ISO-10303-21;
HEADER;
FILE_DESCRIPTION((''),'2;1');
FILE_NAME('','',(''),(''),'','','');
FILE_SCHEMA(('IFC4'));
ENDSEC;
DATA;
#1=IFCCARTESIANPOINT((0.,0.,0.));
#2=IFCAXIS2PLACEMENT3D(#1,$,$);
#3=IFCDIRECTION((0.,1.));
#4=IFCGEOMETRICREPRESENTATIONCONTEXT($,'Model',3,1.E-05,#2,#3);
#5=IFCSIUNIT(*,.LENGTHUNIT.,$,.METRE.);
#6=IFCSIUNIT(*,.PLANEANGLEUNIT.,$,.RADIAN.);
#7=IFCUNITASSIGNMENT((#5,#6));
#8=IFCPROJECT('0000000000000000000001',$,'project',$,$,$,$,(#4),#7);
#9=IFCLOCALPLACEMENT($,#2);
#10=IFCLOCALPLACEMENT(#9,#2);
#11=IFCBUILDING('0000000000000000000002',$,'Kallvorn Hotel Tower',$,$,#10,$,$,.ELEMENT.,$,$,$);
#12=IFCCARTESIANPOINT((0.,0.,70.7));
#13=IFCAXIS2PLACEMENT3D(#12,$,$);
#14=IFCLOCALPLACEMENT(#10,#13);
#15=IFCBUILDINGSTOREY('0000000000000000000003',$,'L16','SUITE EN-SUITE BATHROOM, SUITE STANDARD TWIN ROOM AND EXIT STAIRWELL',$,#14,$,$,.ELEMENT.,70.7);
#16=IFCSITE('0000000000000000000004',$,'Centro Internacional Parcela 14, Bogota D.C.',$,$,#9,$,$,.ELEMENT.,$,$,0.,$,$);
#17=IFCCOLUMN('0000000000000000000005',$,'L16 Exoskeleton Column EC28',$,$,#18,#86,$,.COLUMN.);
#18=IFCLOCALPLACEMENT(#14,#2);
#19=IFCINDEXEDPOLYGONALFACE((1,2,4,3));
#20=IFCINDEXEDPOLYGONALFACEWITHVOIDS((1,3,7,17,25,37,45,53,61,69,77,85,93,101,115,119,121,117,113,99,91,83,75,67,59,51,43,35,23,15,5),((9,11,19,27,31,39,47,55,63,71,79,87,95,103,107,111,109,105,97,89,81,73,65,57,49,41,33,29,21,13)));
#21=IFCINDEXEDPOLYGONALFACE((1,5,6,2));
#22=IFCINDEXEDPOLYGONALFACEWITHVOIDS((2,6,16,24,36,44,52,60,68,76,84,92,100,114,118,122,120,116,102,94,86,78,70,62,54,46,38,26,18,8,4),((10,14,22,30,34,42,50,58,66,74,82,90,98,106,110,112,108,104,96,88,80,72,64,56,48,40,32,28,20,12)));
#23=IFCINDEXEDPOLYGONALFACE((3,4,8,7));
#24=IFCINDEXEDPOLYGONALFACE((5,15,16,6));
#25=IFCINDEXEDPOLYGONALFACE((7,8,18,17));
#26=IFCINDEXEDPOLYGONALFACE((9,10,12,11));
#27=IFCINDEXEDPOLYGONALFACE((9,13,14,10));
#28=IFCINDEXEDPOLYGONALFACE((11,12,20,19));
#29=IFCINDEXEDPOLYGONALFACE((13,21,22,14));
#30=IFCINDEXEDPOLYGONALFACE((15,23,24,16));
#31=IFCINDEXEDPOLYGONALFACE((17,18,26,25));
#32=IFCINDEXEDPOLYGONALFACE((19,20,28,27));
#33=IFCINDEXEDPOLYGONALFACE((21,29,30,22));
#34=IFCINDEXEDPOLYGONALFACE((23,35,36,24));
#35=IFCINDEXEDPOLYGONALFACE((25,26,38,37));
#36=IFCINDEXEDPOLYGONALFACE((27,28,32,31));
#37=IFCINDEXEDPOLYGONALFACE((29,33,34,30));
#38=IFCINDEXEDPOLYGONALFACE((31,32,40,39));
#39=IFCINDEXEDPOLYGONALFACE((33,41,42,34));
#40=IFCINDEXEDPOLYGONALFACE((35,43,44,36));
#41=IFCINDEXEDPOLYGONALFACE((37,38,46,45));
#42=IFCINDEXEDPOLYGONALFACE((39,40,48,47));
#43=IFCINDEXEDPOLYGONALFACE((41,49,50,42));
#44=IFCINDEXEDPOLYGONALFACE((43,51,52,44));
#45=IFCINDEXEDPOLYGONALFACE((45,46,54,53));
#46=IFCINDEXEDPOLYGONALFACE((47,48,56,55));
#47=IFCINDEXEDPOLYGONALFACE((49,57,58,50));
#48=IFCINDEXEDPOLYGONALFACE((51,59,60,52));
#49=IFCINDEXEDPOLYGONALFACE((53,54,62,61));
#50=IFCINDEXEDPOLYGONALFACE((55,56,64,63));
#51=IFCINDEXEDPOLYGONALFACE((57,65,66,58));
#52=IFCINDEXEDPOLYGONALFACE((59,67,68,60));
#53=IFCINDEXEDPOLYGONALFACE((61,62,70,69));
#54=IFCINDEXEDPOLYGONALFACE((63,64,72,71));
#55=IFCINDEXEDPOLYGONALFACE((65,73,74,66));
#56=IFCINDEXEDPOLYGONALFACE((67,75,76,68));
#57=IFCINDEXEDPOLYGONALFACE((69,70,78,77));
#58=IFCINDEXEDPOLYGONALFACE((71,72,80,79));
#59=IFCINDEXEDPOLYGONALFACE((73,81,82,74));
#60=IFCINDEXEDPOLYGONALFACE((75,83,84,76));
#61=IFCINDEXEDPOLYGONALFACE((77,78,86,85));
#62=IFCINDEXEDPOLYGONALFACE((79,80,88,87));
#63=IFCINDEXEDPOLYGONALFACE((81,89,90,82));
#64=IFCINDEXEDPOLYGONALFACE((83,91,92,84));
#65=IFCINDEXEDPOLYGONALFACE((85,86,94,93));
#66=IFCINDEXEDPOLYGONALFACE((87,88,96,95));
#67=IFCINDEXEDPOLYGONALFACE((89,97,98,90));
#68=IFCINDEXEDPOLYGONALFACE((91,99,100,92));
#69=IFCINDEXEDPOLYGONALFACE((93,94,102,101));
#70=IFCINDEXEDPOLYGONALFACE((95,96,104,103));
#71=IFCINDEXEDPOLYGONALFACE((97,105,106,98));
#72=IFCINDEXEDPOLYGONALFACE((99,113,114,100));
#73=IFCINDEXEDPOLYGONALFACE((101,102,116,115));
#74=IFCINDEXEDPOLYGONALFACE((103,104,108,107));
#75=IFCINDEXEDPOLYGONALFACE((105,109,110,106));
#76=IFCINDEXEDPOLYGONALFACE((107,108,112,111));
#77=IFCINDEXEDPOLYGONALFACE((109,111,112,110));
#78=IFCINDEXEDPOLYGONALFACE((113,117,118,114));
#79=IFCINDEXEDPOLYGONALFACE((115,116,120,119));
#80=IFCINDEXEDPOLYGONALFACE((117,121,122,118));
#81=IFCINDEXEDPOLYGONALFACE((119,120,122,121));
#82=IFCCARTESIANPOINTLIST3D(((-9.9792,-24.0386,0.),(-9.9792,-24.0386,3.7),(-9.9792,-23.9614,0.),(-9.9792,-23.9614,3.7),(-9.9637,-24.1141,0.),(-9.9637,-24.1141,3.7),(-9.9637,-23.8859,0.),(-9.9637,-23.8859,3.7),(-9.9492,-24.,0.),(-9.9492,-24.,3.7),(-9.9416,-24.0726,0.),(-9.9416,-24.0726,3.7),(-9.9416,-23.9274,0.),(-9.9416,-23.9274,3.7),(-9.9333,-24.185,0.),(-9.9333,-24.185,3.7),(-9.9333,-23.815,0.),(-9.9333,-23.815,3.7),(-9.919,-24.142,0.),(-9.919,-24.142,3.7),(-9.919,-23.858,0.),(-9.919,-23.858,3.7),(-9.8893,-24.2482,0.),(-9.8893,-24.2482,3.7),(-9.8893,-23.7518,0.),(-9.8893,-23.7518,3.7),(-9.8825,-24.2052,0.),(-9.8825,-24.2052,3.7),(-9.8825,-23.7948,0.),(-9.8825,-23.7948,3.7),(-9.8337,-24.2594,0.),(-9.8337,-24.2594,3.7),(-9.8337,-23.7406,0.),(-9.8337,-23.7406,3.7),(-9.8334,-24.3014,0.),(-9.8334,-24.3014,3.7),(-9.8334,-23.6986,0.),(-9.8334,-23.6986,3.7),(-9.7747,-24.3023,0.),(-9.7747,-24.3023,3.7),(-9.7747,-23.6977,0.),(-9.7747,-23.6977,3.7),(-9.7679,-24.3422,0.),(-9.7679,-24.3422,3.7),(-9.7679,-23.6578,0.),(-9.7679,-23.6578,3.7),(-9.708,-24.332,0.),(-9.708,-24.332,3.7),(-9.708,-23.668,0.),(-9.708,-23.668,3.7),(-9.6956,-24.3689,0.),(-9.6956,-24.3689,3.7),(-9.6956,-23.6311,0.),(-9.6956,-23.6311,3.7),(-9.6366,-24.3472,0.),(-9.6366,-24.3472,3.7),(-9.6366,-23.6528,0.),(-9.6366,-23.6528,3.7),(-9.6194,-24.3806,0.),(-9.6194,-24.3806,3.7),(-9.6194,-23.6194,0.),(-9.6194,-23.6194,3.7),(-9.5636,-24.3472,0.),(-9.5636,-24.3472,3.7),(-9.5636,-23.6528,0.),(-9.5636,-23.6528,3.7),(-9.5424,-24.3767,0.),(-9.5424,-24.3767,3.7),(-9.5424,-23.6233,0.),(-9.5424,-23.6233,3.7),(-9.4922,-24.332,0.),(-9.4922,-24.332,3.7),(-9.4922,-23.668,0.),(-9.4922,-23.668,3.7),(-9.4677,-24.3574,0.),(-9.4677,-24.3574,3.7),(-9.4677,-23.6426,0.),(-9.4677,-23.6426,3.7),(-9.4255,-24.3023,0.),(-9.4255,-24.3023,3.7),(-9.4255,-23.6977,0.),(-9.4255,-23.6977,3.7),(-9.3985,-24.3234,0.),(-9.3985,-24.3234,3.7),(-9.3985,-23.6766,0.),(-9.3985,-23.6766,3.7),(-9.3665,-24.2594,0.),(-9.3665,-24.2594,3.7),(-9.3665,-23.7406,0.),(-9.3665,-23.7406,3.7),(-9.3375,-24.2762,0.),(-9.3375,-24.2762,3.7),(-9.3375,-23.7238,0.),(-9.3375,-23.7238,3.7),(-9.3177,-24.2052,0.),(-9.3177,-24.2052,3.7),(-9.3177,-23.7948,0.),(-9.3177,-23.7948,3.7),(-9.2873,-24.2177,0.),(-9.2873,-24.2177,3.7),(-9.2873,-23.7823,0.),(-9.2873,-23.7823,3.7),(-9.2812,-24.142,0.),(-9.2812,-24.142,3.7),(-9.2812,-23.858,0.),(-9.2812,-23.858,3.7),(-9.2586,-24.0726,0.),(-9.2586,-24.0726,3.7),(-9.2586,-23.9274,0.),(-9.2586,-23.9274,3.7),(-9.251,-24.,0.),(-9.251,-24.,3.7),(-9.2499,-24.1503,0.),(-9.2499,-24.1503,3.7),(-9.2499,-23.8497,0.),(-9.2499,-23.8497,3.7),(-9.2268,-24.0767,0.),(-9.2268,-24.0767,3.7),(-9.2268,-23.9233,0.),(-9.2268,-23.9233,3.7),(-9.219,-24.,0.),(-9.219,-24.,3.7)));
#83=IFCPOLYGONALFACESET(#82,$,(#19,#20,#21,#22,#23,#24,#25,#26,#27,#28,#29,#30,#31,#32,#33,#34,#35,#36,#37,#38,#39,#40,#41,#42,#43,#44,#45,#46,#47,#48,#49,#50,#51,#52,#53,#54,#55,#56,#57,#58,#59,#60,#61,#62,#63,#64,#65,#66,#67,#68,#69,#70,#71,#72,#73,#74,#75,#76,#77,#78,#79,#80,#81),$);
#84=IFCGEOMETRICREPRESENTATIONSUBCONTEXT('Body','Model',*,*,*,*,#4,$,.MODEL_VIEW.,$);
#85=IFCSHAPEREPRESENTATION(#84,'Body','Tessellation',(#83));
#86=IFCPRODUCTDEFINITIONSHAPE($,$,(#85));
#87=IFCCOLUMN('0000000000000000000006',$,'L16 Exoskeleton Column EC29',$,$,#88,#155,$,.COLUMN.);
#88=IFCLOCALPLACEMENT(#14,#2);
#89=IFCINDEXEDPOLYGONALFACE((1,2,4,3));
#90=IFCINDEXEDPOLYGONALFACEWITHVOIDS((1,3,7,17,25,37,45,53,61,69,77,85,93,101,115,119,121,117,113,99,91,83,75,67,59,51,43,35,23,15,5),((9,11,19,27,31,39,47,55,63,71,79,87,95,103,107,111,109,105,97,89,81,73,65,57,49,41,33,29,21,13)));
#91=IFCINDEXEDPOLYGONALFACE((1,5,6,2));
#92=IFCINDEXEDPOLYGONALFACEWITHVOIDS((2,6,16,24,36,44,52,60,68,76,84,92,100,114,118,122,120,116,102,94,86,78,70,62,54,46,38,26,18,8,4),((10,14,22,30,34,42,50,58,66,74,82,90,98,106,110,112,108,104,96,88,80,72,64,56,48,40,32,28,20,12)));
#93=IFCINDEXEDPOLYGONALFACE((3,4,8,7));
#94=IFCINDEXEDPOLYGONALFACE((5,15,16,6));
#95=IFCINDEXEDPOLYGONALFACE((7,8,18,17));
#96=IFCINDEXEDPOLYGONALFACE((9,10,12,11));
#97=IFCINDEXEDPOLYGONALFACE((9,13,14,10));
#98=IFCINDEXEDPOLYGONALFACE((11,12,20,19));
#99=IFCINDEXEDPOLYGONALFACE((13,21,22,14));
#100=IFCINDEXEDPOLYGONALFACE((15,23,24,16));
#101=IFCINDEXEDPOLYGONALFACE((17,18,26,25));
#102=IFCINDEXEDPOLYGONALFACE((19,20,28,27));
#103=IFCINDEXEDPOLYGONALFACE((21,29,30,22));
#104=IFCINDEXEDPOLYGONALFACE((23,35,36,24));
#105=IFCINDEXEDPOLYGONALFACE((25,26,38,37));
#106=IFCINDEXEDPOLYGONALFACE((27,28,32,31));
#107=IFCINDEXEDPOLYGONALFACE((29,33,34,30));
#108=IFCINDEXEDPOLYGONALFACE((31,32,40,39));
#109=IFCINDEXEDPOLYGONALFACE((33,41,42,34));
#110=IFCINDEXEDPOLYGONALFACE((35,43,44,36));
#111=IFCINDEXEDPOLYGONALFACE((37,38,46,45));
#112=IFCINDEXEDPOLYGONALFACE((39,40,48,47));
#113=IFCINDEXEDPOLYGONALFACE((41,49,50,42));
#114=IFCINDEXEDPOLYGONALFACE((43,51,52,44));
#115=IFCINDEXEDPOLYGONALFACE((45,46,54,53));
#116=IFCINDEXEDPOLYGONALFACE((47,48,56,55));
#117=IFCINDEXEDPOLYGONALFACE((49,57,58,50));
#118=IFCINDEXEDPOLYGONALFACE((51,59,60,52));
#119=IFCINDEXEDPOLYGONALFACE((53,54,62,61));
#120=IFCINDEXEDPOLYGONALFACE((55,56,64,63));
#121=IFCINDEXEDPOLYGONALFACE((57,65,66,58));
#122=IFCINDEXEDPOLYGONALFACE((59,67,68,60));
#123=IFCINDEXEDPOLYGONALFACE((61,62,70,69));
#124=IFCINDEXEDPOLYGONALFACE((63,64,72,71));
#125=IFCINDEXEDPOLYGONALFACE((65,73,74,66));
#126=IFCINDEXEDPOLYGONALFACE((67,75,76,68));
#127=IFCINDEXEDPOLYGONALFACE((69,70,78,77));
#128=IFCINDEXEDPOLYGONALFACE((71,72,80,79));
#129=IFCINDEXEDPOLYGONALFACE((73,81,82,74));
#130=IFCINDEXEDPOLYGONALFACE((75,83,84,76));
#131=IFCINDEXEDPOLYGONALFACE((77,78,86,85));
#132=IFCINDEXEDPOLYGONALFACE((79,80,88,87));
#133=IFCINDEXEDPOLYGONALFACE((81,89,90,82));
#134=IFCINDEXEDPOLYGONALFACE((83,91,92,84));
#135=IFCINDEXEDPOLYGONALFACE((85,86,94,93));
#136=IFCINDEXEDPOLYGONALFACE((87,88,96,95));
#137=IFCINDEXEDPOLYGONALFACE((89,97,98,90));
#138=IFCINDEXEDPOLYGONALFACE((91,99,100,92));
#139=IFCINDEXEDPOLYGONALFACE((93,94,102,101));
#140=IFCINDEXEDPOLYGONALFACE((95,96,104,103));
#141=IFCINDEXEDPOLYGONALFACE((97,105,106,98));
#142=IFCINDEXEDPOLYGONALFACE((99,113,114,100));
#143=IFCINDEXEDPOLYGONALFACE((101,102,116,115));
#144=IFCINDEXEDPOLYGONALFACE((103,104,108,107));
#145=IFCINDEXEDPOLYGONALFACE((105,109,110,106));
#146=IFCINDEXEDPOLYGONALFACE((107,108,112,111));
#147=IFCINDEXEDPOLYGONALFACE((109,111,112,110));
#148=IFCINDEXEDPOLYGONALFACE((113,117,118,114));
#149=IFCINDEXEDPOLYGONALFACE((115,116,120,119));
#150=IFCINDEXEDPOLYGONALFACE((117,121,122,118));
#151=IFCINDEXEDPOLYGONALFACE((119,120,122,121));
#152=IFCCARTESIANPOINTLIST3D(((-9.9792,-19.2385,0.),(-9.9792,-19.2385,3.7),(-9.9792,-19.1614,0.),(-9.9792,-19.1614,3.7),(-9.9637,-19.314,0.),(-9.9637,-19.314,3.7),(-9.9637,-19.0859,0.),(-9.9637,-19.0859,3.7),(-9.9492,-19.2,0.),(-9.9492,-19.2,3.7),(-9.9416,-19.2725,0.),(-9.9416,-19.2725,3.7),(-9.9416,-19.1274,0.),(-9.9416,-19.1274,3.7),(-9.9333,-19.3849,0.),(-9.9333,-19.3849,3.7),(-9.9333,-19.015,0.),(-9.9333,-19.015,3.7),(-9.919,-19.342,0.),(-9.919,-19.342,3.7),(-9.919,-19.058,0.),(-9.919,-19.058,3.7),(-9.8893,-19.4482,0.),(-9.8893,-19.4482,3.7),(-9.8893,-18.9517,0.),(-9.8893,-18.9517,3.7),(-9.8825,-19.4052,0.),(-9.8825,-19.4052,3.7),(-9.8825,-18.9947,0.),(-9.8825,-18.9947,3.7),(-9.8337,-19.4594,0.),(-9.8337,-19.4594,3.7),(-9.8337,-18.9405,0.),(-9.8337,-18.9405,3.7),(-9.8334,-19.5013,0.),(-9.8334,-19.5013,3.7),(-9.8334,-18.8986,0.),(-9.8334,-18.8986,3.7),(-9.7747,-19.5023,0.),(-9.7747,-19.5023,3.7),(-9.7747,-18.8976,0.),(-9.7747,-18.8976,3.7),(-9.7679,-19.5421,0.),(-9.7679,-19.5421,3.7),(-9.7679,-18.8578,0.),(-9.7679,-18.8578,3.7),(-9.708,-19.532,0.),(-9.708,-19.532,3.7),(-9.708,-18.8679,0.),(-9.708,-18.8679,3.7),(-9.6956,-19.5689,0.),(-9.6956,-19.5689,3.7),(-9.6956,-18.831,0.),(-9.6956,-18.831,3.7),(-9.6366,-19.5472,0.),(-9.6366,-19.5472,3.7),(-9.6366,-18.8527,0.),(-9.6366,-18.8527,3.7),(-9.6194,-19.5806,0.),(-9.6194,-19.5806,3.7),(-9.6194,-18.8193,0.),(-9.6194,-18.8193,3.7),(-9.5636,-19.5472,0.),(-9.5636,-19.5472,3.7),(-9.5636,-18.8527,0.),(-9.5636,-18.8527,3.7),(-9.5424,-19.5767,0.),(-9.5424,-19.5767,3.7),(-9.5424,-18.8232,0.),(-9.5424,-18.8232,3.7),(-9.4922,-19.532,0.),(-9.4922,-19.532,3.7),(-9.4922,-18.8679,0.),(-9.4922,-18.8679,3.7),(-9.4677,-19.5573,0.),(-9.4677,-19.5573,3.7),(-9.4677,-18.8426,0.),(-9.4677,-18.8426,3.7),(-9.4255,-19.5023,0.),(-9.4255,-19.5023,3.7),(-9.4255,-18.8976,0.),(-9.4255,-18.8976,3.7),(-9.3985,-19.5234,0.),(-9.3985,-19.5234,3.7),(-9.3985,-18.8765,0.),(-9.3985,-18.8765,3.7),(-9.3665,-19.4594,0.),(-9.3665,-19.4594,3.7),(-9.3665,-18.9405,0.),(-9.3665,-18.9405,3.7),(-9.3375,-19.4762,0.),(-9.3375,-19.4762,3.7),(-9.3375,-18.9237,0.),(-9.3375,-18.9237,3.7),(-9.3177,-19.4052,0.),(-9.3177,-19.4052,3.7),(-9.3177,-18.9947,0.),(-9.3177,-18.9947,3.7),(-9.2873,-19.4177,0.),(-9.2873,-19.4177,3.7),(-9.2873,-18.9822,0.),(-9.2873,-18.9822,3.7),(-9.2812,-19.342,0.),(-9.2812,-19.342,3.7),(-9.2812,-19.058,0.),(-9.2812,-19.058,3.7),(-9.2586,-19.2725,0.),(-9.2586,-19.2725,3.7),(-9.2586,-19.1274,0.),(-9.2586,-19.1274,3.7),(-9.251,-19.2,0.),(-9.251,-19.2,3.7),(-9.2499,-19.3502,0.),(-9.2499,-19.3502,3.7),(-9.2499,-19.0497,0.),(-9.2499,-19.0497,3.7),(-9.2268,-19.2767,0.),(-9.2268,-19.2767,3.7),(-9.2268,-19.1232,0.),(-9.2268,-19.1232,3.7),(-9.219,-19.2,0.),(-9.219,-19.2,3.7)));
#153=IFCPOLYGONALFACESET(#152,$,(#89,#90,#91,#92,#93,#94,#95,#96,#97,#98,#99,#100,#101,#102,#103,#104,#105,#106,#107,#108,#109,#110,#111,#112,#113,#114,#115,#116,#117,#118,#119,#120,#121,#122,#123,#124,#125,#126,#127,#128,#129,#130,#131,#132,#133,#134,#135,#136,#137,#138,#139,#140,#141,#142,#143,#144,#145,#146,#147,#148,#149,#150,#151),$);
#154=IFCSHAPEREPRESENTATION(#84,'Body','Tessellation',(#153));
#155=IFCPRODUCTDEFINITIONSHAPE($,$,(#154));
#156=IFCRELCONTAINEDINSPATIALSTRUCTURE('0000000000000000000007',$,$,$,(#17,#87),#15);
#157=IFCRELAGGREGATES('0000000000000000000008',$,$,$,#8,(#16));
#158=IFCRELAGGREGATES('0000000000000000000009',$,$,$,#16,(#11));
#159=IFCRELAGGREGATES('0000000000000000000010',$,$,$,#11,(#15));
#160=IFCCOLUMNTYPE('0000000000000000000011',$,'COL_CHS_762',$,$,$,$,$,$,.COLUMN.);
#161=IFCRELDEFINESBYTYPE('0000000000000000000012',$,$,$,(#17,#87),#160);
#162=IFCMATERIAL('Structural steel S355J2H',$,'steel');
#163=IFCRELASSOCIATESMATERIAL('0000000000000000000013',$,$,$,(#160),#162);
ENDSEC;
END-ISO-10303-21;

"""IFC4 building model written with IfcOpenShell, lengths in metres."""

from ifc_helpers import new_model, si_unit, direction, frame, origin, origin_2d, place, context, subcontext, project, spatial, hollow_circle, extrude, material, material_profile, profile_set, type_object, element, save


model = new_model("IFC4")

# Units and contexts
model_context = context("Model", 3, precision=1e-05, world=origin(), true_north=direction((0.0, 1.0)))
body_context = subcontext(model_context, "Body", "Model", "MODEL_VIEW")
ifc_project = project(units=[si_unit("LENGTHUNIT", "METRE"), si_unit("PLANEANGLEUNIT", "RADIAN")], contexts=[model_context])

# Site, building, storey
site_placement = place(None, origin())
site = spatial("IfcSite", under=ifc_project, at=site_placement, Name="Centro Internacional Parcela 14, Bogota D.C.", CompositionType="ELEMENT", RefElevation=0.0)
building_placement = place(site_placement, origin())
building = spatial("IfcBuilding", under=site, at=building_placement, Name="Kallvorn Hotel Tower", CompositionType="ELEMENT")
storey_placement = place(building_placement, frame((0.0, 0.0, 70.7)))
storey = spatial("IfcBuildingStorey", under=building, at=storey_placement, Name="L16", Description="SUITE EN-SUITE BATHROOM, SUITE STANDARD TWIN ROOM AND EXIT STAIRWELL", CompositionType="ELEMENT", Elevation=70.7)

# Columns
ifc_material_1 = material(Name="Structural steel S355J2H", Category="steel")
ifc_material_profile_1 = material_profile(ifc_material_1, hollow_circle(Radius=0.3811, WallThickness=0.032, at=origin_2d()), Name="CHS 762x32")
ifc_profile_set_1 = profile_set([ifc_material_profile_1], Name="Structural steel S355J2H")
column_type_1 = type_object("IfcColumnType", Name="COL_CHS_762", PredefinedType="COLUMN", material=ifc_profile_set_1)
for number, where, z_axis, x_axis, name in (
    (1, (-9.6001, -24.0, 0.0), (0.0, 0.0, 1.0), (1.0, 0.0, 0.0), "L16 Exoskeleton Column EC28"),
    (2, (-9.6001, -19.2, 0.0), (0.0, 0.0, 1.0), (1.0, 0.0, 0.0), "L16 Exoskeleton Column EC29"),
):
    element("IfcColumn", number, at=place(storey_placement, frame(where, z_axis=z_axis, x_axis=x_axis)), inside=storey, type_object=column_type_1, Name=name, PredefinedType="COLUMN", context=body_context, shape_type="SweptSolid", body=[
        extrude(hollow_circle(Radius=0.3811, WallThickness=0.032, at=origin_2d()), origin(), (0.0, 0.0, 1.0), 3.7),
    ])

save(model, "model.ifc")
